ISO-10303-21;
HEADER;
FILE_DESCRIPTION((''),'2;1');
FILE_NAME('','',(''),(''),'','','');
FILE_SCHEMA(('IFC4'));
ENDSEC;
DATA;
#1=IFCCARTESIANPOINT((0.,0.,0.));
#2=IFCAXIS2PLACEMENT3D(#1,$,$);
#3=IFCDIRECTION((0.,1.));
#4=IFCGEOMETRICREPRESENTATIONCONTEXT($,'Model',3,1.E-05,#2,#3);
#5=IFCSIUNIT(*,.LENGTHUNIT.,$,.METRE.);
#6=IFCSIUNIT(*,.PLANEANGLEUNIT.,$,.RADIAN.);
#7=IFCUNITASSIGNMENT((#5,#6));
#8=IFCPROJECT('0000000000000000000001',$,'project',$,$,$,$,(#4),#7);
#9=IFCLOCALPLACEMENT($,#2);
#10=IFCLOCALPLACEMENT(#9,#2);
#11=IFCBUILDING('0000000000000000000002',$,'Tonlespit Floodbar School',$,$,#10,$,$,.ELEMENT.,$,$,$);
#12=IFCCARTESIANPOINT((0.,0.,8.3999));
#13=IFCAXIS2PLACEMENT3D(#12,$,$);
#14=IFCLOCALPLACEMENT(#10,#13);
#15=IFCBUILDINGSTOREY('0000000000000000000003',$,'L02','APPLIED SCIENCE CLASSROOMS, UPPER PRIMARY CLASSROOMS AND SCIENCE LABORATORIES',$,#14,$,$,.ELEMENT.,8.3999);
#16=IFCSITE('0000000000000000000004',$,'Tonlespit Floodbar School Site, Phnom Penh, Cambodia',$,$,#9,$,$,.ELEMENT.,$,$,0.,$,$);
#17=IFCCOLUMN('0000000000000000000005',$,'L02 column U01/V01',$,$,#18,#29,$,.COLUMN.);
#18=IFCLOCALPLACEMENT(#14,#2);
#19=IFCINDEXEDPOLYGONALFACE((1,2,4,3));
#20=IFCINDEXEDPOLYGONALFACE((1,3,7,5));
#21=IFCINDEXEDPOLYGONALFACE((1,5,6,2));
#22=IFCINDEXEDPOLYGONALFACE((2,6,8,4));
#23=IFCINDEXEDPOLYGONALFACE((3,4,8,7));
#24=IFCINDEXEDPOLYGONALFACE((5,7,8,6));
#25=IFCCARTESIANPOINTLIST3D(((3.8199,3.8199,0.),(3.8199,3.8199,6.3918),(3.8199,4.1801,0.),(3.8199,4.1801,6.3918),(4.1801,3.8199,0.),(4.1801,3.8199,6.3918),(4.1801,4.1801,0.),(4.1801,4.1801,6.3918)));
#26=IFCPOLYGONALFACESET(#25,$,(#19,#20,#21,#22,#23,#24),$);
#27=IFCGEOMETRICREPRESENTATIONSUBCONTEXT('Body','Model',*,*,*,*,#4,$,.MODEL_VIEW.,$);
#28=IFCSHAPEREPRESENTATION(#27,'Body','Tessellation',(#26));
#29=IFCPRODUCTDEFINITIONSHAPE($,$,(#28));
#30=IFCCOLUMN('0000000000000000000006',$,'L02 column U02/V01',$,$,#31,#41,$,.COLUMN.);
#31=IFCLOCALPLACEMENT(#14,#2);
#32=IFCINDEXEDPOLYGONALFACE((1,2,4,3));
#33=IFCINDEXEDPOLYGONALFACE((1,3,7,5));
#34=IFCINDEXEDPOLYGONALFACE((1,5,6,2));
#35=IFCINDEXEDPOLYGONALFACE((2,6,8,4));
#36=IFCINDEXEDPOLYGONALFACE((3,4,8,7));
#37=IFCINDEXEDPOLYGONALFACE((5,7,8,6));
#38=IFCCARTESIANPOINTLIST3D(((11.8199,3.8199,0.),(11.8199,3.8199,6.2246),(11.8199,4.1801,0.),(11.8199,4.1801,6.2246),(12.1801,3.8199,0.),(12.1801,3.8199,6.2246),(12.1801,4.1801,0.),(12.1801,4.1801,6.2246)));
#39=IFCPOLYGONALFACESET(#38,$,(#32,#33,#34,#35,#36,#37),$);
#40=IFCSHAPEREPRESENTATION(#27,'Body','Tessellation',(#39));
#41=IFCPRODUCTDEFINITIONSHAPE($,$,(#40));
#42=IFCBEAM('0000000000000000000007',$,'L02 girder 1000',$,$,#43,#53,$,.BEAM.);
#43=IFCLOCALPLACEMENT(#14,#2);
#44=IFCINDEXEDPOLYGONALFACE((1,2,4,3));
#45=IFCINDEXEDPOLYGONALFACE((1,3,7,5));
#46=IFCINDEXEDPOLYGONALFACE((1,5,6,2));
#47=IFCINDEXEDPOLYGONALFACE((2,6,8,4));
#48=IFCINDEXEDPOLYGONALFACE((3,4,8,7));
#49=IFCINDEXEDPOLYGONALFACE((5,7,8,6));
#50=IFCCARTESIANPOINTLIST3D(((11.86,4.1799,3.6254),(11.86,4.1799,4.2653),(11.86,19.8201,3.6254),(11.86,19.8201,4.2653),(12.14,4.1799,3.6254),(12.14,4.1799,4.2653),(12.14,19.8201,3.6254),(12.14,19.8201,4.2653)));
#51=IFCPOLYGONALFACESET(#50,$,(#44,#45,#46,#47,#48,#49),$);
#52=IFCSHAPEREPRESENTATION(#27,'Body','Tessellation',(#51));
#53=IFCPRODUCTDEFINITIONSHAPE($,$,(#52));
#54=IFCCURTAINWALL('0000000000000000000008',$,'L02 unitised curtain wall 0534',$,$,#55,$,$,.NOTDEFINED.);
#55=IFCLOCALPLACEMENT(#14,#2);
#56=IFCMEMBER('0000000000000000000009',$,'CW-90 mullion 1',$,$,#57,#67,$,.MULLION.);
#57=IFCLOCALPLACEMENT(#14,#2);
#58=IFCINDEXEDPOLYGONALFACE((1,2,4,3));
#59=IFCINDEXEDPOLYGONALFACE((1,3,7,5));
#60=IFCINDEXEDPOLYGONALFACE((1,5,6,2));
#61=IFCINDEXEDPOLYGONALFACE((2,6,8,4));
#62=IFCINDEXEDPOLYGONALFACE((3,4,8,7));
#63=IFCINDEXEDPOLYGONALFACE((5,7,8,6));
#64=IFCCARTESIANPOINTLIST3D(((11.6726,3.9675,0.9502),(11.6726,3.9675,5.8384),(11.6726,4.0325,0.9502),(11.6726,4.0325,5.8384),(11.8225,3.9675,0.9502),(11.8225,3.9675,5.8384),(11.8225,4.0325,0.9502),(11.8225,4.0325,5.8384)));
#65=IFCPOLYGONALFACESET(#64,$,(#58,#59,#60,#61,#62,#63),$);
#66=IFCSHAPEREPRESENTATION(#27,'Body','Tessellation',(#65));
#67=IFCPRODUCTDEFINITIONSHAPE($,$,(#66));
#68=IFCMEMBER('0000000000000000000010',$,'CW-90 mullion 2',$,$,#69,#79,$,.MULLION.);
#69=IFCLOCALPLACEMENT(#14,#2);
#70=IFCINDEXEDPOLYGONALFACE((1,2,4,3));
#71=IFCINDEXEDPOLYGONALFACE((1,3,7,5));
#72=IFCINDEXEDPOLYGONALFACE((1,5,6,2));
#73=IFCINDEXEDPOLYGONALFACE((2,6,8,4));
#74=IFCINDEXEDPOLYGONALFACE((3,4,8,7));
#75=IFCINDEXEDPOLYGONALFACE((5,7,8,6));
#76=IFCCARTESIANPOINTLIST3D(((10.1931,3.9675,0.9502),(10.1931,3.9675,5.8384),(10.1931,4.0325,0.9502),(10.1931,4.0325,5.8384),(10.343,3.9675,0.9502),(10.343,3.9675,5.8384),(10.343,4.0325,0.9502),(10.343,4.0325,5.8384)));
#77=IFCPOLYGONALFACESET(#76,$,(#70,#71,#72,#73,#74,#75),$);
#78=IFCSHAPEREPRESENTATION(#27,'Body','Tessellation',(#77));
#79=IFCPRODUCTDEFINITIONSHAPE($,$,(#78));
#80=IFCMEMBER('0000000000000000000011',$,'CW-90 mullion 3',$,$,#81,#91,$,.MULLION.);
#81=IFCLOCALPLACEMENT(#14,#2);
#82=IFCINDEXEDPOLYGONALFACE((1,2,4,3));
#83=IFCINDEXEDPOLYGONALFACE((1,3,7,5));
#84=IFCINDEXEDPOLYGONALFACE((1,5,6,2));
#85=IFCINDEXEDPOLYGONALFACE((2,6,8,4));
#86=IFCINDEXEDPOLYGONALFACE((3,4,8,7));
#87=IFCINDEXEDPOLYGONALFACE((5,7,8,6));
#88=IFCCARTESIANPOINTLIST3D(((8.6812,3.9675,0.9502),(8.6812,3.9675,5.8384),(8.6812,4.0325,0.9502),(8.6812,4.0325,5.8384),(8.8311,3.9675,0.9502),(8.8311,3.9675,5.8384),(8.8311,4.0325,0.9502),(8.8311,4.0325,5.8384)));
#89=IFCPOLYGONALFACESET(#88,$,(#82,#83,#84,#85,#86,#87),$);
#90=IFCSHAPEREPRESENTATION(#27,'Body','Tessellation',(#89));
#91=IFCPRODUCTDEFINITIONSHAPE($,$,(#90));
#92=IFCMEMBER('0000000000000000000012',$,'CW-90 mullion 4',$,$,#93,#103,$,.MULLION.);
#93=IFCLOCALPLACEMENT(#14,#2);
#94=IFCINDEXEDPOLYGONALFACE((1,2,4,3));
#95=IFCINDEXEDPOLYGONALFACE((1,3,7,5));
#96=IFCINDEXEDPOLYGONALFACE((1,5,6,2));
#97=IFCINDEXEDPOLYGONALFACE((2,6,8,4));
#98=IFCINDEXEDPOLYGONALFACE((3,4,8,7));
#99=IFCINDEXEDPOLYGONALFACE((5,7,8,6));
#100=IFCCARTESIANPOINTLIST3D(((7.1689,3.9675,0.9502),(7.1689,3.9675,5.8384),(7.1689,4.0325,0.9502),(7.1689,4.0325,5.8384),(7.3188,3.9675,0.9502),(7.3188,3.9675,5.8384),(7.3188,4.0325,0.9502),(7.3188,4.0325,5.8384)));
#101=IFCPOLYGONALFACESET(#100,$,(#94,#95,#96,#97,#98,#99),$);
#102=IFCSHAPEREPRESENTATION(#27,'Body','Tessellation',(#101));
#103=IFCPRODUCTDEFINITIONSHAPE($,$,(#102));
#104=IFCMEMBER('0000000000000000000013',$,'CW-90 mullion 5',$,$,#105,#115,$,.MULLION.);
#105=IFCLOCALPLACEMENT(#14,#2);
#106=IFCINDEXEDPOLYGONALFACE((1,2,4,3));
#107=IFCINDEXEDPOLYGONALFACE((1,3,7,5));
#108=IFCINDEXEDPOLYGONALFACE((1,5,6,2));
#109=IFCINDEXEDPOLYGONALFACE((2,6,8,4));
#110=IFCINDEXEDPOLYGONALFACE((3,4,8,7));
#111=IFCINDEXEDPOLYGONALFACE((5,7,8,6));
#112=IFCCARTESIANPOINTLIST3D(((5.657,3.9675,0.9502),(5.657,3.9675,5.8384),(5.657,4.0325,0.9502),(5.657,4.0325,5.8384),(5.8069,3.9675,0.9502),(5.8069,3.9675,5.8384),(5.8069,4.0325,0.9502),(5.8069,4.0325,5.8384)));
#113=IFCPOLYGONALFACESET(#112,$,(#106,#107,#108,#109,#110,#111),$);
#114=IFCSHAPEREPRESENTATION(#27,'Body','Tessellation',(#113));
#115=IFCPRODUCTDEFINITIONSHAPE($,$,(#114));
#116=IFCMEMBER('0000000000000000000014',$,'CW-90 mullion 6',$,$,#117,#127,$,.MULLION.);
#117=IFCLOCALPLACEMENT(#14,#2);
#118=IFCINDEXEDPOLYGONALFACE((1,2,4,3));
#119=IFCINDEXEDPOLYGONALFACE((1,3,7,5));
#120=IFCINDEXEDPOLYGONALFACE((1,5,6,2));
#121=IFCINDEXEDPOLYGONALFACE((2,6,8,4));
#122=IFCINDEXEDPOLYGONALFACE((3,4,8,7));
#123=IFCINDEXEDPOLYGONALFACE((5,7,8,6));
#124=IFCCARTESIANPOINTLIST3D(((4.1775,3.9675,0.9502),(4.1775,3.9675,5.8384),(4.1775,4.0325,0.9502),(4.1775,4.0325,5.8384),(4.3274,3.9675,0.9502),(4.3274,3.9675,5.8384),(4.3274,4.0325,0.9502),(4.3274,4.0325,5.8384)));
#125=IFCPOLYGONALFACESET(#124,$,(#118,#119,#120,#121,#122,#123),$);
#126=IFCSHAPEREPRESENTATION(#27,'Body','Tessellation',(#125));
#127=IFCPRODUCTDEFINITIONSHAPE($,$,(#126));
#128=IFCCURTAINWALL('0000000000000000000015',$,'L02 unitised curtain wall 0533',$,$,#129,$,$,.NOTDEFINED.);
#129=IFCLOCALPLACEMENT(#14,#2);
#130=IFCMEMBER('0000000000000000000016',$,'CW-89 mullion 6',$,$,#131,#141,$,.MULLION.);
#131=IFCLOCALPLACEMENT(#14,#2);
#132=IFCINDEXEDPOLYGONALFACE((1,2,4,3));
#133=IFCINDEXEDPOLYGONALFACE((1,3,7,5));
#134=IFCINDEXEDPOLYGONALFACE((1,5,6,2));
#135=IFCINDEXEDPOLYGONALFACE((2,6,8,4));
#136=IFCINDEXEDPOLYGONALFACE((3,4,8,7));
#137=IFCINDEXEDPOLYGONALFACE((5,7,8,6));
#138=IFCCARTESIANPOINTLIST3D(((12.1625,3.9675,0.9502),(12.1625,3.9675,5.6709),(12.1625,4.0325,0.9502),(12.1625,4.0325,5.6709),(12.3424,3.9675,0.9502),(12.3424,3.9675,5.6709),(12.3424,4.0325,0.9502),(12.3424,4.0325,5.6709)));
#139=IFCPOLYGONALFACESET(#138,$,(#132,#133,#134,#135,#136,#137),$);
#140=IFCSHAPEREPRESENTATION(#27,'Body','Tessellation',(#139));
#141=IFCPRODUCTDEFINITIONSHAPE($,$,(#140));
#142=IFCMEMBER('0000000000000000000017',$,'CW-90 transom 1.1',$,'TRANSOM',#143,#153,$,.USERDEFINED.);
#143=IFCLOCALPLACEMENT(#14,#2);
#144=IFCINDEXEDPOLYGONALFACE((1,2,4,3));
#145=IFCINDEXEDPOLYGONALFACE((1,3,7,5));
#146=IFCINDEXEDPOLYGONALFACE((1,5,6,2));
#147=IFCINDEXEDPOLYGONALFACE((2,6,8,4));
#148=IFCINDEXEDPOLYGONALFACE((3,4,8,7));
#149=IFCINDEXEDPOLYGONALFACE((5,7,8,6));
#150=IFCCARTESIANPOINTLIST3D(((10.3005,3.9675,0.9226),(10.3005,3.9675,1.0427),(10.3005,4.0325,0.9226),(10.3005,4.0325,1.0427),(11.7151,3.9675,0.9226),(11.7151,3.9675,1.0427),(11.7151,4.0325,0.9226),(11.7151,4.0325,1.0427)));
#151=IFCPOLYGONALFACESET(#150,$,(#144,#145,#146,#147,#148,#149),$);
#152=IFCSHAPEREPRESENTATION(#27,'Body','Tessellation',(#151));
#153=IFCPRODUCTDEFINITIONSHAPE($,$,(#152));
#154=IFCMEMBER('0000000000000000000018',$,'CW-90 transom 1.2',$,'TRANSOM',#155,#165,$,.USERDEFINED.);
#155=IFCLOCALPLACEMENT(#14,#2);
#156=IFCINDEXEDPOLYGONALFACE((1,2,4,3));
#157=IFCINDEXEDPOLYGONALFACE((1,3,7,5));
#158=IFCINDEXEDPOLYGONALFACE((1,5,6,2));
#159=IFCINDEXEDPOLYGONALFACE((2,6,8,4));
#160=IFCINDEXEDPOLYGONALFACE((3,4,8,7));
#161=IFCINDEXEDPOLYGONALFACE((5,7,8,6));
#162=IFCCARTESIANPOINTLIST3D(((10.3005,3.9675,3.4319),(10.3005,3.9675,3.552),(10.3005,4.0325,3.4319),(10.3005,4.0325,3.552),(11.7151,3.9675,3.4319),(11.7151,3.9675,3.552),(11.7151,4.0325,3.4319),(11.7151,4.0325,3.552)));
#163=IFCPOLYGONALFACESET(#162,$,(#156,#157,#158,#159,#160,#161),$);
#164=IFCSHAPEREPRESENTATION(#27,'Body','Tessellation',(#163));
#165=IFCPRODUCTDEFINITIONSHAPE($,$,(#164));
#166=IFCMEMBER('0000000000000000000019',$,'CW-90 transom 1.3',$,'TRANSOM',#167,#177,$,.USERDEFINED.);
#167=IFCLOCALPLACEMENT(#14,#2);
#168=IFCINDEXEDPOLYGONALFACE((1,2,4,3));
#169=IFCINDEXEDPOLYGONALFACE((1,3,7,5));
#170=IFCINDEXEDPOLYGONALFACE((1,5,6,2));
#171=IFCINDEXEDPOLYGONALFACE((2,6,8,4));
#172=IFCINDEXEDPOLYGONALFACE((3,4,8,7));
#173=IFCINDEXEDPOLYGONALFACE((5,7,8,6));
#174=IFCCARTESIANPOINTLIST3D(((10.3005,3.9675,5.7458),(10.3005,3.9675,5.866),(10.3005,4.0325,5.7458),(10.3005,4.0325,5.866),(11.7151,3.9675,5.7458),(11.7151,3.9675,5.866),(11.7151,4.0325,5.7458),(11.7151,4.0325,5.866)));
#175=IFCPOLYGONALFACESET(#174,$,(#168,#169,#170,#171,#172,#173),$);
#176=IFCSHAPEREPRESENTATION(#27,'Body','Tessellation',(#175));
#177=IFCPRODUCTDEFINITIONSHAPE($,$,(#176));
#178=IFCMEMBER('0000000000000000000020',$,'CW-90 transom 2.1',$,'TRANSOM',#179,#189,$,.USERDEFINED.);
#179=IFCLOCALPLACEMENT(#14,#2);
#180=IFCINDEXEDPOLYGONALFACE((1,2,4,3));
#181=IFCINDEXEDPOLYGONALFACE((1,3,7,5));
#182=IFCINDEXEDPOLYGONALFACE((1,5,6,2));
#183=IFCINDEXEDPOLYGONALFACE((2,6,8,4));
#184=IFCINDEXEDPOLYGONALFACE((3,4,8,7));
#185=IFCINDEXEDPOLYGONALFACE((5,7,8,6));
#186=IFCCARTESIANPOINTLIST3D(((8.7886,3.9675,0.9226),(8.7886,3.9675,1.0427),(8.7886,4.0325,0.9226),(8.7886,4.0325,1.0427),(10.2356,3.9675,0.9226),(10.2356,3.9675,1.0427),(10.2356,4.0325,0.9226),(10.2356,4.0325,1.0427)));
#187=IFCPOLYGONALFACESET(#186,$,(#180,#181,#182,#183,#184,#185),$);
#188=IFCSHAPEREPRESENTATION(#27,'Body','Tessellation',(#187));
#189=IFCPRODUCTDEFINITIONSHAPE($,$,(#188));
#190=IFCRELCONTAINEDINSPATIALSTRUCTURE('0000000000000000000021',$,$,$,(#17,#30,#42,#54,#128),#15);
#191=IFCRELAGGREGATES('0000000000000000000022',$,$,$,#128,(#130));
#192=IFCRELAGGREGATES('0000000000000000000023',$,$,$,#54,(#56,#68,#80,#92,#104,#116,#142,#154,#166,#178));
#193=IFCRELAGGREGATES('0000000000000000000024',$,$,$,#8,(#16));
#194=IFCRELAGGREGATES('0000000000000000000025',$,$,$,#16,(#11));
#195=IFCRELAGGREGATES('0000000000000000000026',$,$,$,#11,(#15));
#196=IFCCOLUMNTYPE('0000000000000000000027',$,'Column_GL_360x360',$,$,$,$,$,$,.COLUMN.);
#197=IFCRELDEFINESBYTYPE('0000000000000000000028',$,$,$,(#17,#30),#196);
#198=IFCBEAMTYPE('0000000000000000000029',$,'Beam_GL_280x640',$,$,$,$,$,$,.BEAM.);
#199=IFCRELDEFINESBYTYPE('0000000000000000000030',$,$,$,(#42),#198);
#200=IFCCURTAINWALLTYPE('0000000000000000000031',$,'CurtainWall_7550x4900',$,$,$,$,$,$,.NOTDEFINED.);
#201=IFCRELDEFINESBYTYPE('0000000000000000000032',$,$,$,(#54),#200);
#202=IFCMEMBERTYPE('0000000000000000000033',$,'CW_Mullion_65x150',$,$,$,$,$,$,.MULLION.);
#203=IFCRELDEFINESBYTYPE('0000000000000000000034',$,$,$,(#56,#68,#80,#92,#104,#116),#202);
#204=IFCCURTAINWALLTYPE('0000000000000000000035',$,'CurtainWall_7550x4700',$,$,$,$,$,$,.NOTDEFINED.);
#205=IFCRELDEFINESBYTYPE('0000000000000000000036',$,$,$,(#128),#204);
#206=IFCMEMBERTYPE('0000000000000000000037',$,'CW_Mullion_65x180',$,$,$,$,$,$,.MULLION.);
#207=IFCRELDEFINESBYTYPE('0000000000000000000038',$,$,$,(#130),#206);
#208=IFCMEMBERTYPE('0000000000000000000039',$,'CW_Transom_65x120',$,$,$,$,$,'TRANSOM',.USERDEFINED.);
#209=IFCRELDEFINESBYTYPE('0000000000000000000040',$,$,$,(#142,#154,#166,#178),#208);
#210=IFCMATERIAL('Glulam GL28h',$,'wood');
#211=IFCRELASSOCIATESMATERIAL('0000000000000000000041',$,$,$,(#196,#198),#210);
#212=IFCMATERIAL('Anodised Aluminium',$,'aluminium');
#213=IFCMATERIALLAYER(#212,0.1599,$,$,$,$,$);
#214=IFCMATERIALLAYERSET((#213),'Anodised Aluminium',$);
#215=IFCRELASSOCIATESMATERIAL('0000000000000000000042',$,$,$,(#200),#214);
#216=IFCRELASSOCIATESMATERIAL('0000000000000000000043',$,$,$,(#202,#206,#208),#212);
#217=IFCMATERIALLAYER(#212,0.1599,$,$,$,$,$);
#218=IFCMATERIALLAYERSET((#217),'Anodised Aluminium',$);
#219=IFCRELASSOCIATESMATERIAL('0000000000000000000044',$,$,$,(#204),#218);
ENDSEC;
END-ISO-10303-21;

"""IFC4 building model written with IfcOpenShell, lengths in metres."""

from ifc_helpers import new_model, si_unit, direction, frame, origin, origin_2d, place, context, subcontext, project, spatial, rectangle, extrude, material, layer, layer_set, material_profile, profile_set, type_object, element, aggregate, save


model = new_model("IFC4")

# Units and contexts
model_context = context("Model", 3, precision=1e-05, world=origin(), true_north=direction((0.0, 1.0)))
body_context = subcontext(model_context, "Body", "Model", "MODEL_VIEW")
ifc_project = project(units=[si_unit("LENGTHUNIT", "METRE"), si_unit("PLANEANGLEUNIT", "RADIAN")], contexts=[model_context])

# Site, building, storey
site_placement = place(None, origin())
site = spatial("IfcSite", under=ifc_project, at=site_placement, Name="Tonlespit Floodbar School Site, Phnom Penh, Cambodia", CompositionType="ELEMENT", RefElevation=0.0)
building_placement = place(site_placement, origin())
building = spatial("IfcBuilding", under=site, at=building_placement, Name="Tonlespit Floodbar School", CompositionType="ELEMENT")
storey_placement = place(building_placement, frame((0.0, 0.0, 8.3999)))
storey = spatial("IfcBuildingStorey", under=building, at=storey_placement, Name="L02", Description="APPLIED SCIENCE CLASSROOMS, UPPER PRIMARY CLASSROOMS AND SCIENCE LABORATORIES", CompositionType="ELEMENT", Elevation=8.3999)

# Columns
ifc_material_1 = material(Name="Glulam GL28h", Category="wood")
ifc_material_profile_1 = material_profile(ifc_material_1, rectangle(XDim=0.3601, YDim=0.3601, at=origin_2d()), Name="GL 360x360")
ifc_profile_set_1 = profile_set([ifc_material_profile_1], Name="Glulam GL28h")
column_type = type_object("IfcColumnType", Name="Column_GL_360x360", PredefinedType="COLUMN", material=ifc_profile_set_1)
column_1_placement = place(storey_placement, frame((4.0, 4.0, 0.0), z_axis=(0.0, 0.0, 1.0), x_axis=(1.0, 0.0, 0.0)))
element("IfcColumn", 1, at=column_1_placement, inside=storey, type_object=column_type, Name="L02 column U01/V01", PredefinedType="COLUMN", context=body_context, shape_type="SweptSolid", body=[
    extrude(rectangle(XDim=0.3601, YDim=0.3601, at=origin_2d()), origin(), (0.0, 0.0, 1.0), 6.3918),
])
column_2_placement = place(storey_placement, frame((12.0, 4.0, 0.0), z_axis=(0.0, 0.0, 1.0), x_axis=(1.0, 0.0, 0.0)))
element("IfcColumn", 2, at=column_2_placement, inside=storey, type_object=column_type, Name="L02 column U02/V01", PredefinedType="COLUMN", context=body_context, shape_type="SweptSolid", body=[
    extrude(rectangle(XDim=0.3601, YDim=0.3601, at=origin_2d()), origin(), (0.0, 0.0, 1.0), 6.2246),
])

# Beam
ifc_material_profile_2 = material_profile(ifc_material_1, rectangle(XDim=0.28, YDim=0.6399, at=origin_2d()), Name="GL 280x640")
ifc_profile_set_2 = profile_set([ifc_material_profile_2], Name="Glulam GL28h")
beam_type_1 = type_object("IfcBeamType", Name="Beam_GL_280x640", PredefinedType="BEAM", material=ifc_profile_set_2)
beam_1_placement = place(storey_placement, frame((12.0, 4.1799, 3.9453), z_axis=(0.0, 1.0, 0.0), x_axis=(-1.0, 0.0, 0.0)))
element("IfcBeam", 3, at=beam_1_placement, inside=storey, type_object=beam_type_1, Name="L02 girder 1000", PredefinedType="BEAM", context=body_context, shape_type="SweptSolid", body=[
    extrude(rectangle(XDim=0.28, YDim=0.6399, at=origin_2d()), origin(), (0.0, 0.0, 1.0), 15.6401),
])

# Curtain wall, members
ifc_material_2 = material(Name="Anodised Aluminium", Category="aluminium")
ifc_layer_1 = layer(ifc_material_2, 0.1599)
ifc_layer_set_1 = layer_set([ifc_layer_1], Name="Anodised Aluminium")
curtain_wall_type_1 = type_object("IfcCurtainWallType", Name="CurtainWall_7550x4900", PredefinedType="NOTDEFINED", material=ifc_layer_set_1)
curtain_wall_1_placement = place(storey_placement, origin())
curtain_wall_1 = element("IfcCurtainWall", 4, at=curtain_wall_1_placement, inside=storey, type_object=curtain_wall_type_1, Name="L02 unitised curtain wall 0534", PredefinedType="NOTDEFINED")
ifc_material_profile_3 = material_profile(ifc_material_2, rectangle(XDim=0.0649, YDim=0.1499, at=origin_2d()), Name="ALU M65x150")
ifc_profile_set_3 = profile_set([ifc_material_profile_3], Name="Anodised Aluminium")
member_type_1 = type_object("IfcMemberType", Name="CW_Mullion_65x150", PredefinedType="MULLION", material=ifc_profile_set_3)
member_1_placement = place(storey_placement, frame((11.7476, 4.0, 0.9502), z_axis=(0.0, 0.0, 1.0), x_axis=(0.0, -1.0, 0.0)))
member_1 = element("IfcMember", 5, at=member_1_placement, type_object=member_type_1, Name="CW-90 mullion 1", PredefinedType="MULLION", context=body_context, shape_type="SweptSolid", body=[
    extrude(rectangle(XDim=0.0649, YDim=0.1499, at=origin_2d()), origin(), (0.0, 0.0, 1.0), 4.8882),
])
member_2_placement = place(storey_placement, frame((10.2681, 4.0, 0.9502), z_axis=(0.0, 0.0, 1.0), x_axis=(0.0, -1.0, 0.0)))
member_2 = element("IfcMember", 6, at=member_2_placement, type_object=member_type_1, Name="CW-90 mullion 2", PredefinedType="MULLION", context=body_context, shape_type="SweptSolid", body=[
    extrude(rectangle(XDim=0.0649, YDim=0.1499, at=origin_2d()), origin(), (0.0, 0.0, 1.0), 4.8882),
])
member_3_placement = place(storey_placement, frame((8.7561, 4.0, 0.9502), z_axis=(0.0, 0.0, 1.0), x_axis=(0.0, -1.0, 0.0)))
member_3 = element("IfcMember", 7, at=member_3_placement, type_object=member_type_1, Name="CW-90 mullion 3", PredefinedType="MULLION", context=body_context, shape_type="SweptSolid", body=[
    extrude(rectangle(XDim=0.0649, YDim=0.1499, at=origin_2d()), origin(), (0.0, 0.0, 1.0), 4.8882),
])
member_4_placement = place(storey_placement, frame((7.2439, 4.0, 0.9502), z_axis=(0.0, 0.0, 1.0), x_axis=(0.0, -1.0, 0.0)))
member_4 = element("IfcMember", 8, at=member_4_placement, type_object=member_type_1, Name="CW-90 mullion 4", PredefinedType="MULLION", context=body_context, shape_type="SweptSolid", body=[
    extrude(rectangle(XDim=0.0649, YDim=0.1499, at=origin_2d()), origin(), (0.0, 0.0, 1.0), 4.8882),
])
member_5_placement = place(storey_placement, frame((5.7319, 4.0, 0.9502), z_axis=(0.0, 0.0, 1.0), x_axis=(0.0, -1.0, 0.0)))
member_5 = element("IfcMember", 9, at=member_5_placement, type_object=member_type_1, Name="CW-90 mullion 5", PredefinedType="MULLION", context=body_context, shape_type="SweptSolid", body=[
    extrude(rectangle(XDim=0.0649, YDim=0.1499, at=origin_2d()), origin(), (0.0, 0.0, 1.0), 4.8882),
])
member_6_placement = place(storey_placement, frame((4.2524, 4.0, 0.9502), z_axis=(0.0, 0.0, 1.0), x_axis=(0.0, -1.0, 0.0)))
member_6 = element("IfcMember", 10, at=member_6_placement, type_object=member_type_1, Name="CW-90 mullion 6", PredefinedType="MULLION", context=body_context, shape_type="SweptSolid", body=[
    extrude(rectangle(XDim=0.0649, YDim=0.1499, at=origin_2d()), origin(), (0.0, 0.0, 1.0), 4.8882),
])

# Curtain wall, member
ifc_layer_2 = layer(ifc_material_2, 0.1599)
ifc_layer_set_2 = layer_set([ifc_layer_2], Name="Anodised Aluminium")
curtain_wall_type_2 = type_object("IfcCurtainWallType", Name="CurtainWall_7550x4700", PredefinedType="NOTDEFINED", material=ifc_layer_set_2)
curtain_wall_2_placement = place(storey_placement, origin())
curtain_wall_2 = element("IfcCurtainWall", 11, at=curtain_wall_2_placement, inside=storey, type_object=curtain_wall_type_2, Name="L02 unitised curtain wall 0533", PredefinedType="NOTDEFINED")
ifc_material_profile_4 = material_profile(ifc_material_2, rectangle(XDim=0.0649, YDim=0.1799, at=origin_2d()), Name="ALU M65x180")
ifc_profile_set_4 = profile_set([ifc_material_profile_4], Name="Anodised Aluminium")
member_type_2 = type_object("IfcMemberType", Name="CW_Mullion_65x180", PredefinedType="MULLION", material=ifc_profile_set_4)
member_7_placement = place(storey_placement, frame((12.2524, 4.0, 0.9502), z_axis=(0.0, 0.0, 1.0), x_axis=(0.0, -1.0, 0.0)))
member_7 = element("IfcMember", 12, at=member_7_placement, type_object=member_type_2, Name="CW-89 mullion 6", PredefinedType="MULLION", context=body_context, shape_type="SweptSolid", body=[
    extrude(rectangle(XDim=0.0649, YDim=0.1799, at=origin_2d()), origin(), (0.0, 0.0, 1.0), 4.7207),
])
aggregate(curtain_wall_2, [member_7])

# Members
ifc_material_profile_5 = material_profile(ifc_material_2, rectangle(XDim=0.0649, YDim=0.1201, at=origin_2d()), Name="ALU T65x120")
ifc_profile_set_5 = profile_set([ifc_material_profile_5], Name="Anodised Aluminium")
member_type_3 = type_object("IfcMemberType", Name="CW_Transom_65x120", ElementType="TRANSOM", PredefinedType="USERDEFINED", material=ifc_profile_set_5)
member_8_placement = place(storey_placement, frame((11.7151, 4.0, 0.9827), z_axis=(-1.0, 0.0, 0.0), x_axis=(0.0, -1.0, 0.0)))
member_8 = element("IfcMember", 13, at=member_8_placement, type_object=member_type_3, Name="CW-90 transom 1.1", ObjectType="TRANSOM", PredefinedType="USERDEFINED", context=body_context, shape_type="SweptSolid", body=[
    extrude(rectangle(XDim=0.0649, YDim=0.1201, at=origin_2d()), origin(), (0.0, 0.0, 1.0), 1.4146),
])
member_9_placement = place(storey_placement, frame((11.7151, 4.0, 3.4919), z_axis=(-1.0, 0.0, 0.0), x_axis=(0.0, -1.0, 0.0)))
member_9 = element("IfcMember", 14, at=member_9_placement, type_object=member_type_3, Name="CW-90 transom 1.2", ObjectType="TRANSOM", PredefinedType="USERDEFINED", context=body_context, shape_type="SweptSolid", body=[
    extrude(rectangle(XDim=0.0649, YDim=0.1201, at=origin_2d()), origin(), (0.0, 0.0, 1.0), 1.4146),
])
member_10_placement = place(storey_placement, frame((11.7151, 4.0, 5.8059), z_axis=(-1.0, 0.0, 0.0), x_axis=(0.0, -1.0, 0.0)))
member_10 = element("IfcMember", 15, at=member_10_placement, type_object=member_type_3, Name="CW-90 transom 1.3", ObjectType="TRANSOM", PredefinedType="USERDEFINED", context=body_context, shape_type="SweptSolid", body=[
    extrude(rectangle(XDim=0.0649, YDim=0.1201, at=origin_2d()), origin(), (0.0, 0.0, 1.0), 1.4146),
])
member_11_placement = place(storey_placement, frame((10.2356, 4.0, 0.9827), z_axis=(-1.0, 0.0, 0.0), x_axis=(0.0, -1.0, 0.0)))
member_11 = element("IfcMember", 16, at=member_11_placement, type_object=member_type_3, Name="CW-90 transom 2.1", ObjectType="TRANSOM", PredefinedType="USERDEFINED", context=body_context, shape_type="SweptSolid", body=[
    extrude(rectangle(XDim=0.0649, YDim=0.1201, at=origin_2d()), origin(), (0.0, 0.0, 1.0), 1.447),
])

aggregate(curtain_wall_1, [member_1, member_2, member_3, member_4, member_5, member_6, member_8, member_9, member_10, member_11])

save(model, "model.ifc")
